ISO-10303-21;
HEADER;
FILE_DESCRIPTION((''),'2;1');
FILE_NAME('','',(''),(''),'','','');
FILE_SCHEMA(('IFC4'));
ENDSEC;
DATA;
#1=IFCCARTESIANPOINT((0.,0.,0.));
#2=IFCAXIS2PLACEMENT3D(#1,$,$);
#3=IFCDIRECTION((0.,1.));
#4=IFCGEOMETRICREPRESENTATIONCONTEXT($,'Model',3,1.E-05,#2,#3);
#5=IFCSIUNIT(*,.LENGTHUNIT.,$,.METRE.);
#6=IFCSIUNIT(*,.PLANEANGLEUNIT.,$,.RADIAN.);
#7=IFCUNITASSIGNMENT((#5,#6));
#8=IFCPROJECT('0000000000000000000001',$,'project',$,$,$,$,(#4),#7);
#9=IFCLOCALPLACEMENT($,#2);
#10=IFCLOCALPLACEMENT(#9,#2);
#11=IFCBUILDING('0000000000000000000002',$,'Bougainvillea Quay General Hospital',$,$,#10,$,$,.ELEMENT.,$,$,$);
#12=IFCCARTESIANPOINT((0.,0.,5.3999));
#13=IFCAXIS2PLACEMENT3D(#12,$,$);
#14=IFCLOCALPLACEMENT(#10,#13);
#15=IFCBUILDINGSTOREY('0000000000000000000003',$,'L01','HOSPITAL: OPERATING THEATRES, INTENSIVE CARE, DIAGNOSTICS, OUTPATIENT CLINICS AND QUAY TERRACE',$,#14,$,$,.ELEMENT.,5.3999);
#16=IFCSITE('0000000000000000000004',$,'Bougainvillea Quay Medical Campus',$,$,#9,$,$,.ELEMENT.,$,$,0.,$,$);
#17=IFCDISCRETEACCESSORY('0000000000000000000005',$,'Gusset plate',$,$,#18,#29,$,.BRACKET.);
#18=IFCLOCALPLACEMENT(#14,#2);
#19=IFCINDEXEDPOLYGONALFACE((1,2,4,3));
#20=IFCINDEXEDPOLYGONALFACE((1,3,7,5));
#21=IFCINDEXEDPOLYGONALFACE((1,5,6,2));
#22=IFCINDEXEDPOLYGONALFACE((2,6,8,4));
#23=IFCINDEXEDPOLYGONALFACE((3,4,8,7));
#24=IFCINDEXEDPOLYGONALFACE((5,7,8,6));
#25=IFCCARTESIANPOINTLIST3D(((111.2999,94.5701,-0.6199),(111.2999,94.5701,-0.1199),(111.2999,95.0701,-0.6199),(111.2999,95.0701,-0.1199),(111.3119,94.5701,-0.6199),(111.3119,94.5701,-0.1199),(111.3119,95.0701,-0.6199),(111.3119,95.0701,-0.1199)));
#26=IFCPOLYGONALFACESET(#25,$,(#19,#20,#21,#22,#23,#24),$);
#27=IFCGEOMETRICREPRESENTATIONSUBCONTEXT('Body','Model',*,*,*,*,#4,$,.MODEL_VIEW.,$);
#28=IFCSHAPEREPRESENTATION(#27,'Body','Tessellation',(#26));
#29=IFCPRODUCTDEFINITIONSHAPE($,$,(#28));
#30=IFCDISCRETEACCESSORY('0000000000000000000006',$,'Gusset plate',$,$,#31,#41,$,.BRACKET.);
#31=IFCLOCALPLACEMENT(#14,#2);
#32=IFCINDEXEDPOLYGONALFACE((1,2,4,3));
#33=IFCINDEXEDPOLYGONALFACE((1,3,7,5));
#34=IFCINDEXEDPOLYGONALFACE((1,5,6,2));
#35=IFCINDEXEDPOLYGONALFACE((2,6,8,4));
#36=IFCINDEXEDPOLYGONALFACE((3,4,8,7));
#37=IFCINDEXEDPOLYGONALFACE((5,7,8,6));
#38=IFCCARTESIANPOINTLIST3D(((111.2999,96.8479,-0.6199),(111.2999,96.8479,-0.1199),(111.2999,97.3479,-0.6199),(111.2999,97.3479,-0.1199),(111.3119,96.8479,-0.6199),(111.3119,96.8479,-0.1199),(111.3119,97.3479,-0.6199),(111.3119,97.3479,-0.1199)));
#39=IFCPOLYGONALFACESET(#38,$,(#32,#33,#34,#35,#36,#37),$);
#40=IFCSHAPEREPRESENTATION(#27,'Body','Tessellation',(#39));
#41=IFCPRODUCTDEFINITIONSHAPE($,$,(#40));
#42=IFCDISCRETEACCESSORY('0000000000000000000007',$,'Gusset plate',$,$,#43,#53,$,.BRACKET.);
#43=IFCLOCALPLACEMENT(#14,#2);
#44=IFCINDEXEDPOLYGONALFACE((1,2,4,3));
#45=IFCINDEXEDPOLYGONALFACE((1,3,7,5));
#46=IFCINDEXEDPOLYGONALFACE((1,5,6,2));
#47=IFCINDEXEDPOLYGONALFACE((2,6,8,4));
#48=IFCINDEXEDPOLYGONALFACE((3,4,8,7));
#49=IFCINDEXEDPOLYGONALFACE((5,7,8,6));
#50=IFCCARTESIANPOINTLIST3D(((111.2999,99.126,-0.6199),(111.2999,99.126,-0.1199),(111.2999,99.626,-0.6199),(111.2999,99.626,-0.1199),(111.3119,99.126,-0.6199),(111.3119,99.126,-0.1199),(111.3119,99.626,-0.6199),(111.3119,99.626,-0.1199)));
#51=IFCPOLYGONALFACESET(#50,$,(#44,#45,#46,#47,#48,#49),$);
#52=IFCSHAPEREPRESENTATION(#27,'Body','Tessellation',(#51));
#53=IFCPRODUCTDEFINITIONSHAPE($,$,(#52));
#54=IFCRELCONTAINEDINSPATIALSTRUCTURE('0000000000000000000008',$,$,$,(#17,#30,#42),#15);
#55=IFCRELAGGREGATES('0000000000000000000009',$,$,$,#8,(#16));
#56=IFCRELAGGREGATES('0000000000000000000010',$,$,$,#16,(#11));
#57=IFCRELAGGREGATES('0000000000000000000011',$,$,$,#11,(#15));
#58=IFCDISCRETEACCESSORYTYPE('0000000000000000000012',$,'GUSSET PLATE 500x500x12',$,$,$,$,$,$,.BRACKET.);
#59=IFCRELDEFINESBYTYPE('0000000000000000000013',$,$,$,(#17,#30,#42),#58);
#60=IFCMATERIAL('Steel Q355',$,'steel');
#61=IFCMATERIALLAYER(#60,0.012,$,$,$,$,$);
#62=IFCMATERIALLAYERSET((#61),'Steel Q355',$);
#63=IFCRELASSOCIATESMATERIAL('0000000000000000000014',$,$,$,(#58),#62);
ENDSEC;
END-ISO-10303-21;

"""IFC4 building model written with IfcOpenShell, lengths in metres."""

from ifc_helpers import new_model, si_unit, direction, frame, origin, origin_2d, place, context, subcontext, project, spatial, rectangle, extrude, material, layer, layer_set, type_object, element, save


model = new_model("IFC4")

# Units and contexts
model_context = context("Model", 3, precision=1e-05, world=origin(), true_north=direction((0.0, 1.0)))
body_context = subcontext(model_context, "Body", "Model", "MODEL_VIEW")
ifc_project = project(units=[si_unit("LENGTHUNIT", "METRE"), si_unit("PLANEANGLEUNIT", "RADIAN")], contexts=[model_context])

# Site, building, storey
site_placement = place(None, origin())
site = spatial("IfcSite", under=ifc_project, at=site_placement, Name="Bougainvillea Quay Medical Campus", CompositionType="ELEMENT", RefElevation=0.0)
building_placement = place(site_placement, origin())
building = spatial("IfcBuilding", under=site, at=building_placement, Name="Bougainvillea Quay General Hospital", CompositionType="ELEMENT")
storey_placement = place(building_placement, frame((0.0, 0.0, 5.3999)))
storey = spatial("IfcBuildingStorey", under=building, at=storey_placement, Name="L01", Description="HOSPITAL: OPERATING THEATRES, INTENSIVE CARE, DIAGNOSTICS, OUTPATIENT CLINICS AND QUAY TERRACE", CompositionType="ELEMENT", Elevation=5.3999)

# Shared definitions
ifc_material_1 = material(Name="Steel Q355", Category="steel")

# Discrete accessories
ifc_layer_1 = layer(ifc_material_1, 0.012)
ifc_layer_set_1 = layer_set([ifc_layer_1], Name="Steel Q355")
discrete_accessory_type = type_object("IfcDiscreteAccessoryType", Name="GUSSET PLATE 500x500x12", PredefinedType="BRACKET", material=ifc_layer_set_1)
for number, where, z_axis, x_axis, name in (
    (1, (111.3059, 94.8201, -0.6199), (0.0, 0.0, 1.0), (0.0, 1.0, 0.0), "Gusset plate"),
    (2, (111.3059, 97.0979, -0.6199), (0.0, 0.0, 1.0), (0.0, 1.0, 0.0), "Gusset plate"),
    (3, (111.3059, 99.376, -0.6199), (0.0, 0.0, 1.0), (0.0, 1.0, 0.0), "Gusset plate"),
):
    element("IfcDiscreteAccessory", number, at=place(storey_placement, frame(where, z_axis=z_axis, x_axis=x_axis)), inside=storey, type_object=discrete_accessory_type, Name=name, PredefinedType="BRACKET", context=body_context, shape_type="SweptSolid", body=[
        extrude(rectangle(XDim=0.5, YDim=0.012, at=origin_2d()), origin(), (0.0, 0.0, 1.0), 0.5),
    ])

save(model, "model.ifc")
